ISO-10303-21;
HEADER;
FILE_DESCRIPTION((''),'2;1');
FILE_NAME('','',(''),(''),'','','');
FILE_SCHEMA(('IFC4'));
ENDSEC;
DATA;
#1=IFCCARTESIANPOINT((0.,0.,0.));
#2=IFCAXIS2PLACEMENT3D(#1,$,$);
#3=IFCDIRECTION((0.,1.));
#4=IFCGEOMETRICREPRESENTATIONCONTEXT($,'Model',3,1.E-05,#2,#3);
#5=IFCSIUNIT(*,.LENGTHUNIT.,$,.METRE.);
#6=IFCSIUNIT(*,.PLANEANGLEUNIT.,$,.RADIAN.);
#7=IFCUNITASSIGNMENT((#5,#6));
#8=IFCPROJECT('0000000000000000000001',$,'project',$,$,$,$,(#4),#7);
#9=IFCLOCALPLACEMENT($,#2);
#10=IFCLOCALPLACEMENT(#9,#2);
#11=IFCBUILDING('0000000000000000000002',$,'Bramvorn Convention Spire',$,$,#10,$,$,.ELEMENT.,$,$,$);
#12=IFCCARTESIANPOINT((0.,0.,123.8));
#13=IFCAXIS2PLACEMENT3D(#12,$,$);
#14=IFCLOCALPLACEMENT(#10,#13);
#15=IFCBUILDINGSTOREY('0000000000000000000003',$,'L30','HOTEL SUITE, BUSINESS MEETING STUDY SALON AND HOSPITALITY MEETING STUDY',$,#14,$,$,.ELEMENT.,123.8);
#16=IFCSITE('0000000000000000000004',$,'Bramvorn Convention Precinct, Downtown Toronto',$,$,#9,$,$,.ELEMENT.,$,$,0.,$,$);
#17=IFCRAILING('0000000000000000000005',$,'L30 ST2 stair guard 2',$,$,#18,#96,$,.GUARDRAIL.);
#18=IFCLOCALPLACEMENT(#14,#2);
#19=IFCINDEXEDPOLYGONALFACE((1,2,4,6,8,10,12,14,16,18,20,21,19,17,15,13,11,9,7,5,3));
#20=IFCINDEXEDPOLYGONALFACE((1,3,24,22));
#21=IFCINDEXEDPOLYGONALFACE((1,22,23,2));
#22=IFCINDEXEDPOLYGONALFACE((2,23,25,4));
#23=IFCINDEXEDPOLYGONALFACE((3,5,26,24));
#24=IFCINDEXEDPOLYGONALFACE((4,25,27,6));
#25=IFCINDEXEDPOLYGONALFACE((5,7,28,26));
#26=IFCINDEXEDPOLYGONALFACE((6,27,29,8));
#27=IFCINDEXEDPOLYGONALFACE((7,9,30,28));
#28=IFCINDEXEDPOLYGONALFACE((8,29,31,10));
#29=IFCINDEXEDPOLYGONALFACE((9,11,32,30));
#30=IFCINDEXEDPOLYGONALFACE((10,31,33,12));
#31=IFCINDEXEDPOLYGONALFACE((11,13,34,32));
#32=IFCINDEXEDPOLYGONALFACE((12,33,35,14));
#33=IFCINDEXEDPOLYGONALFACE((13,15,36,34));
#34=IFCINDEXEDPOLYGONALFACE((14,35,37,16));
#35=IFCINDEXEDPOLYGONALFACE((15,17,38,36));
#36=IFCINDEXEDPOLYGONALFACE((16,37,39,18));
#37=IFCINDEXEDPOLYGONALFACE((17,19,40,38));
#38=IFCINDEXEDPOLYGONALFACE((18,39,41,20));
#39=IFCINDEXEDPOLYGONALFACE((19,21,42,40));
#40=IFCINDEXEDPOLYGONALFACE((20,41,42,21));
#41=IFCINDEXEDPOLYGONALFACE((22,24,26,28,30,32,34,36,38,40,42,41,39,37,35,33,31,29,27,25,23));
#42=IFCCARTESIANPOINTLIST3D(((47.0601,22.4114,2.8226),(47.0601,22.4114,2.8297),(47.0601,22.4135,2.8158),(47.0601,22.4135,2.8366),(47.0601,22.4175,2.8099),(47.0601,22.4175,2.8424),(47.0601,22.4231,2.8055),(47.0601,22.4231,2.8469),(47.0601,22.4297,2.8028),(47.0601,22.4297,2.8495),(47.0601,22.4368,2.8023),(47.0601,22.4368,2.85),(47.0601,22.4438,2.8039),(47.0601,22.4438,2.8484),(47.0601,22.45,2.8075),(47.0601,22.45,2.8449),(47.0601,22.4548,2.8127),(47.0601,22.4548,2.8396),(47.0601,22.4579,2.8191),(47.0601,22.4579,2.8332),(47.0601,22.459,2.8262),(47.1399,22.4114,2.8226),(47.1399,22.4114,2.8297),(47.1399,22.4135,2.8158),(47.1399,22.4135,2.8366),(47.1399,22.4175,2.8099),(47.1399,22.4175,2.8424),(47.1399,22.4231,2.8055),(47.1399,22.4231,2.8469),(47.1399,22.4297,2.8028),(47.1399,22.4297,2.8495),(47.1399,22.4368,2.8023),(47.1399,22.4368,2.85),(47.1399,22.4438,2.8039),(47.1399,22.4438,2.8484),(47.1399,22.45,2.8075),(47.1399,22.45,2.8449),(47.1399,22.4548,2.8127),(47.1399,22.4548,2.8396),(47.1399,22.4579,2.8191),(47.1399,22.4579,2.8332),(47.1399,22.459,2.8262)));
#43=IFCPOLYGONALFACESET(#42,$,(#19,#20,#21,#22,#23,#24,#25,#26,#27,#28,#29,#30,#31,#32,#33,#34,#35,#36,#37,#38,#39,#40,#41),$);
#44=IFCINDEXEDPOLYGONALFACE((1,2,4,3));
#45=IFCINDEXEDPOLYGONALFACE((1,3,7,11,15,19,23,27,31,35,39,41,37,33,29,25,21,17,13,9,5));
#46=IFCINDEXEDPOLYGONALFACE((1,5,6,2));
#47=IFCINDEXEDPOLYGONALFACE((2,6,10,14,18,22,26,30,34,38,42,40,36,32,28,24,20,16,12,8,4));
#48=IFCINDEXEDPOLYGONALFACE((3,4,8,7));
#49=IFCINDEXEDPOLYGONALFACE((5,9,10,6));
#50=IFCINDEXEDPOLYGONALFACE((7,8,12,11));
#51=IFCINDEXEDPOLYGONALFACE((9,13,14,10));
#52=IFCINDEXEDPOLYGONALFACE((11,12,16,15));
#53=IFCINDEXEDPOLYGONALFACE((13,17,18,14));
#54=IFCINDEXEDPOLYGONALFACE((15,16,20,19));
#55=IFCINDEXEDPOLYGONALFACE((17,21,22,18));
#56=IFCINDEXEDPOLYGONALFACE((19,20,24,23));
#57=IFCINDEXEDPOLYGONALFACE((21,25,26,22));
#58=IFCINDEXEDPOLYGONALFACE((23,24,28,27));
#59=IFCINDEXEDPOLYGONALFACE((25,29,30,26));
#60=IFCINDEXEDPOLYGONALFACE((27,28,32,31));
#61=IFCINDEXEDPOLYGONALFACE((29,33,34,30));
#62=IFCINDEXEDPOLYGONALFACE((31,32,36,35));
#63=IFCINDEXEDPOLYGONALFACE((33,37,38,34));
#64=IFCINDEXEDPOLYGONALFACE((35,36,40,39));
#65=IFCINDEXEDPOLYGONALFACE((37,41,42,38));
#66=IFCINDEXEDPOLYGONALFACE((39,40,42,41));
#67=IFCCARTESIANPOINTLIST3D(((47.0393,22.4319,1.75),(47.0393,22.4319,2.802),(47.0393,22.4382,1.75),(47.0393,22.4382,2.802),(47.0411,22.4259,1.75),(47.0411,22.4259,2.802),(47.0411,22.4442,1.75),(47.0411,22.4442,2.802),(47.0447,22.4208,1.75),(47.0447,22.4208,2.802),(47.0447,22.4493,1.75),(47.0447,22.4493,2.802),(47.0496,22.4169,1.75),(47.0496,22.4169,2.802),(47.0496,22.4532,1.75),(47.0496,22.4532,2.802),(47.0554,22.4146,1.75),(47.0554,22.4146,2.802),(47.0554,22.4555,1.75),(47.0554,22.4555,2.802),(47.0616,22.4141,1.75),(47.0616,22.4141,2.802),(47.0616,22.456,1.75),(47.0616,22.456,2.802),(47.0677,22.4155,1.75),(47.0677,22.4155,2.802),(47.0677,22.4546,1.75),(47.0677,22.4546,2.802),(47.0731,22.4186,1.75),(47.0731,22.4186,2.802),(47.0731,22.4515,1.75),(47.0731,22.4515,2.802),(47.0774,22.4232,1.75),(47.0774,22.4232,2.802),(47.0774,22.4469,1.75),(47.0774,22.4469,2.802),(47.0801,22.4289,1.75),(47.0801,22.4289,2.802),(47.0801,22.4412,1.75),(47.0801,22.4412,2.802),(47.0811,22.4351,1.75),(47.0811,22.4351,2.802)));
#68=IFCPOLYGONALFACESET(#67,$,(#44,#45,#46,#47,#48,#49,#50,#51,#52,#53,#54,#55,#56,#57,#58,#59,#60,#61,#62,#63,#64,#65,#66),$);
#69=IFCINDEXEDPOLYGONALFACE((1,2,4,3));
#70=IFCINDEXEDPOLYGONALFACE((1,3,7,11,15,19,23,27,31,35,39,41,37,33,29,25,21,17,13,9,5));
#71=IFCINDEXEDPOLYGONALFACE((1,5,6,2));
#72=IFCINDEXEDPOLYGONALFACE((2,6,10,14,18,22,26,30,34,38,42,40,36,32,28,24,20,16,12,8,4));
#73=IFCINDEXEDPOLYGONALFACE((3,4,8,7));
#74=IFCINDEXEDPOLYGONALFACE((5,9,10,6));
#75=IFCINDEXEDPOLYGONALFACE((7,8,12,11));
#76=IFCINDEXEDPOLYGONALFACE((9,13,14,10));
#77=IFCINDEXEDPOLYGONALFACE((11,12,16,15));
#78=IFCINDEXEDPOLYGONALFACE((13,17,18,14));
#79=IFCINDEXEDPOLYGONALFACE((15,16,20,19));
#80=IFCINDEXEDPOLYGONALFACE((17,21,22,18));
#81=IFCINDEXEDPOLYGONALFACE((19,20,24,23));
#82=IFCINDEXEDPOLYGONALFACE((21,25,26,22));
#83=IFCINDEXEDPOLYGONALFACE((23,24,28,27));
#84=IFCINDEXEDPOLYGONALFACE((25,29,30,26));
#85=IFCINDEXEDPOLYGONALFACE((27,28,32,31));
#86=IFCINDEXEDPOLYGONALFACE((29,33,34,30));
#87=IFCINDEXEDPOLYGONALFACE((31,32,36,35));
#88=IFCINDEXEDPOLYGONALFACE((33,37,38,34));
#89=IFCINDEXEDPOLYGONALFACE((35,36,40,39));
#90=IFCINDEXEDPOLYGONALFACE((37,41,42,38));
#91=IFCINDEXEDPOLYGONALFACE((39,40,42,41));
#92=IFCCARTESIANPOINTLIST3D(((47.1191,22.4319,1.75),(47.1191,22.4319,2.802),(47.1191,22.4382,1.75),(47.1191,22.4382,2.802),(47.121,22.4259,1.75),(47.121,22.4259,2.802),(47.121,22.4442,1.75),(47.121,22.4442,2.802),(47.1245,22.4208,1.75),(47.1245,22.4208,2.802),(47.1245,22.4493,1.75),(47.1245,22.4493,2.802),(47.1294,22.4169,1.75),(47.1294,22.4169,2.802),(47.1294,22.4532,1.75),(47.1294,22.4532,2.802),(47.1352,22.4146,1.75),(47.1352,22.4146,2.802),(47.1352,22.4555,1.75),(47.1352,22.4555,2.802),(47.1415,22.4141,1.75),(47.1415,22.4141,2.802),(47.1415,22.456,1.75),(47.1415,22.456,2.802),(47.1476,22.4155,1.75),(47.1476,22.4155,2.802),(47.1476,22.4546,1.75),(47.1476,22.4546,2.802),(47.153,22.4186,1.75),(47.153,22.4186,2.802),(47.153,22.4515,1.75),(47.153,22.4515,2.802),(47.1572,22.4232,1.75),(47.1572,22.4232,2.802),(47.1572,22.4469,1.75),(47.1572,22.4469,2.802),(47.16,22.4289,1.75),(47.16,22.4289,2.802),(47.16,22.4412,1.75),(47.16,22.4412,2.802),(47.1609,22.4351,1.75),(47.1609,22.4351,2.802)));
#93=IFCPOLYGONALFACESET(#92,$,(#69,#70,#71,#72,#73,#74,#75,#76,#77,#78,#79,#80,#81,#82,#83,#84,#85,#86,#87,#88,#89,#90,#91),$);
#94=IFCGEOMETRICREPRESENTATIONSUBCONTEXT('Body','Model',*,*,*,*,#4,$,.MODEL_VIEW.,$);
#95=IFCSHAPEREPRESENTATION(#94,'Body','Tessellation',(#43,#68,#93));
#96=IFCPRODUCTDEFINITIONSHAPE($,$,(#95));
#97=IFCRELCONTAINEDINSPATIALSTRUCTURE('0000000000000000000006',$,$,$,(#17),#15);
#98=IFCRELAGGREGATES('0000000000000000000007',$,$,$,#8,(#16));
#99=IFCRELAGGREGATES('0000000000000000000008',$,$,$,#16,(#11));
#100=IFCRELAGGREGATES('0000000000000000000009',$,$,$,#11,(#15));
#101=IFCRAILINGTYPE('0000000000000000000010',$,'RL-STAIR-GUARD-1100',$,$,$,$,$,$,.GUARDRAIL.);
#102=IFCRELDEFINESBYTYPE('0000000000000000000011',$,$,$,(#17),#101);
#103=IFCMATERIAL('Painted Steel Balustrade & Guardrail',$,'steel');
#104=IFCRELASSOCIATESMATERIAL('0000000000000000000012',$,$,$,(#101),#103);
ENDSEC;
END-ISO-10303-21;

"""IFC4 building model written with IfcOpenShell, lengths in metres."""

from ifc_helpers import new_model, si_unit, direction, frame, origin, origin_2d, place, context, subcontext, project, spatial, circle, extrude, material, type_object, element, save


model = new_model("IFC4")

# Units and contexts
model_context = context("Model", 3, precision=1e-05, world=origin(), true_north=direction((0.0, 1.0)))
body_context = subcontext(model_context, "Body", "Model", "MODEL_VIEW")
ifc_project = project(units=[si_unit("LENGTHUNIT", "METRE"), si_unit("PLANEANGLEUNIT", "RADIAN")], contexts=[model_context])

# Site, building, storey
site_placement = place(None, origin())
site = spatial("IfcSite", under=ifc_project, at=site_placement, Name="Bramvorn Convention Precinct, Downtown Toronto", CompositionType="ELEMENT", RefElevation=0.0)
building_placement = place(site_placement, origin())
building = spatial("IfcBuilding", under=site, at=building_placement, Name="Bramvorn Convention Spire", CompositionType="ELEMENT")
storey_placement = place(building_placement, frame((0.0, 0.0, 123.8)))
storey = spatial("IfcBuildingStorey", under=building, at=storey_placement, Name="L30", Description="HOTEL SUITE, BUSINESS MEETING STUDY SALON AND HOSPITALITY MEETING STUDY", CompositionType="ELEMENT", Elevation=123.8)

# Railing
ifc_material_1 = material(Name="Painted Steel Balustrade & Guardrail", Category="steel")
railing_type_1 = type_object("IfcRailingType", Name="RL-STAIR-GUARD-1100", PredefinedType="GUARDRAIL", material=ifc_material_1)
railing_1_placement = place(storey_placement, frame((47.0601, 22.4351, 1.75)))
element("IfcRailing", 1, at=railing_1_placement, inside=storey, type_object=railing_type_1, Name="L30 ST2 stair guard 2", PredefinedType="GUARDRAIL", context=body_context, shape_type="SweptSolid", body=[
    extrude(circle(Radius=0.0239, at=origin_2d()), frame((0.0, 0.0, 1.0762), z_axis=(1.0, 0.0, 0.0), x_axis=(0.0, 1.0, 0.0)), (0.0, 0.0, 1.0), 0.0798),
    extrude(circle(Radius=0.021, at=origin_2d()), origin(), (0.0, 0.0, 1.0), 1.052),
    extrude(circle(Radius=0.021, at=origin_2d()), frame((0.0798, 0.0, 0.0)), (0.0, 0.0, 1.0), 1.052),
])

save(model, "model.ifc")
